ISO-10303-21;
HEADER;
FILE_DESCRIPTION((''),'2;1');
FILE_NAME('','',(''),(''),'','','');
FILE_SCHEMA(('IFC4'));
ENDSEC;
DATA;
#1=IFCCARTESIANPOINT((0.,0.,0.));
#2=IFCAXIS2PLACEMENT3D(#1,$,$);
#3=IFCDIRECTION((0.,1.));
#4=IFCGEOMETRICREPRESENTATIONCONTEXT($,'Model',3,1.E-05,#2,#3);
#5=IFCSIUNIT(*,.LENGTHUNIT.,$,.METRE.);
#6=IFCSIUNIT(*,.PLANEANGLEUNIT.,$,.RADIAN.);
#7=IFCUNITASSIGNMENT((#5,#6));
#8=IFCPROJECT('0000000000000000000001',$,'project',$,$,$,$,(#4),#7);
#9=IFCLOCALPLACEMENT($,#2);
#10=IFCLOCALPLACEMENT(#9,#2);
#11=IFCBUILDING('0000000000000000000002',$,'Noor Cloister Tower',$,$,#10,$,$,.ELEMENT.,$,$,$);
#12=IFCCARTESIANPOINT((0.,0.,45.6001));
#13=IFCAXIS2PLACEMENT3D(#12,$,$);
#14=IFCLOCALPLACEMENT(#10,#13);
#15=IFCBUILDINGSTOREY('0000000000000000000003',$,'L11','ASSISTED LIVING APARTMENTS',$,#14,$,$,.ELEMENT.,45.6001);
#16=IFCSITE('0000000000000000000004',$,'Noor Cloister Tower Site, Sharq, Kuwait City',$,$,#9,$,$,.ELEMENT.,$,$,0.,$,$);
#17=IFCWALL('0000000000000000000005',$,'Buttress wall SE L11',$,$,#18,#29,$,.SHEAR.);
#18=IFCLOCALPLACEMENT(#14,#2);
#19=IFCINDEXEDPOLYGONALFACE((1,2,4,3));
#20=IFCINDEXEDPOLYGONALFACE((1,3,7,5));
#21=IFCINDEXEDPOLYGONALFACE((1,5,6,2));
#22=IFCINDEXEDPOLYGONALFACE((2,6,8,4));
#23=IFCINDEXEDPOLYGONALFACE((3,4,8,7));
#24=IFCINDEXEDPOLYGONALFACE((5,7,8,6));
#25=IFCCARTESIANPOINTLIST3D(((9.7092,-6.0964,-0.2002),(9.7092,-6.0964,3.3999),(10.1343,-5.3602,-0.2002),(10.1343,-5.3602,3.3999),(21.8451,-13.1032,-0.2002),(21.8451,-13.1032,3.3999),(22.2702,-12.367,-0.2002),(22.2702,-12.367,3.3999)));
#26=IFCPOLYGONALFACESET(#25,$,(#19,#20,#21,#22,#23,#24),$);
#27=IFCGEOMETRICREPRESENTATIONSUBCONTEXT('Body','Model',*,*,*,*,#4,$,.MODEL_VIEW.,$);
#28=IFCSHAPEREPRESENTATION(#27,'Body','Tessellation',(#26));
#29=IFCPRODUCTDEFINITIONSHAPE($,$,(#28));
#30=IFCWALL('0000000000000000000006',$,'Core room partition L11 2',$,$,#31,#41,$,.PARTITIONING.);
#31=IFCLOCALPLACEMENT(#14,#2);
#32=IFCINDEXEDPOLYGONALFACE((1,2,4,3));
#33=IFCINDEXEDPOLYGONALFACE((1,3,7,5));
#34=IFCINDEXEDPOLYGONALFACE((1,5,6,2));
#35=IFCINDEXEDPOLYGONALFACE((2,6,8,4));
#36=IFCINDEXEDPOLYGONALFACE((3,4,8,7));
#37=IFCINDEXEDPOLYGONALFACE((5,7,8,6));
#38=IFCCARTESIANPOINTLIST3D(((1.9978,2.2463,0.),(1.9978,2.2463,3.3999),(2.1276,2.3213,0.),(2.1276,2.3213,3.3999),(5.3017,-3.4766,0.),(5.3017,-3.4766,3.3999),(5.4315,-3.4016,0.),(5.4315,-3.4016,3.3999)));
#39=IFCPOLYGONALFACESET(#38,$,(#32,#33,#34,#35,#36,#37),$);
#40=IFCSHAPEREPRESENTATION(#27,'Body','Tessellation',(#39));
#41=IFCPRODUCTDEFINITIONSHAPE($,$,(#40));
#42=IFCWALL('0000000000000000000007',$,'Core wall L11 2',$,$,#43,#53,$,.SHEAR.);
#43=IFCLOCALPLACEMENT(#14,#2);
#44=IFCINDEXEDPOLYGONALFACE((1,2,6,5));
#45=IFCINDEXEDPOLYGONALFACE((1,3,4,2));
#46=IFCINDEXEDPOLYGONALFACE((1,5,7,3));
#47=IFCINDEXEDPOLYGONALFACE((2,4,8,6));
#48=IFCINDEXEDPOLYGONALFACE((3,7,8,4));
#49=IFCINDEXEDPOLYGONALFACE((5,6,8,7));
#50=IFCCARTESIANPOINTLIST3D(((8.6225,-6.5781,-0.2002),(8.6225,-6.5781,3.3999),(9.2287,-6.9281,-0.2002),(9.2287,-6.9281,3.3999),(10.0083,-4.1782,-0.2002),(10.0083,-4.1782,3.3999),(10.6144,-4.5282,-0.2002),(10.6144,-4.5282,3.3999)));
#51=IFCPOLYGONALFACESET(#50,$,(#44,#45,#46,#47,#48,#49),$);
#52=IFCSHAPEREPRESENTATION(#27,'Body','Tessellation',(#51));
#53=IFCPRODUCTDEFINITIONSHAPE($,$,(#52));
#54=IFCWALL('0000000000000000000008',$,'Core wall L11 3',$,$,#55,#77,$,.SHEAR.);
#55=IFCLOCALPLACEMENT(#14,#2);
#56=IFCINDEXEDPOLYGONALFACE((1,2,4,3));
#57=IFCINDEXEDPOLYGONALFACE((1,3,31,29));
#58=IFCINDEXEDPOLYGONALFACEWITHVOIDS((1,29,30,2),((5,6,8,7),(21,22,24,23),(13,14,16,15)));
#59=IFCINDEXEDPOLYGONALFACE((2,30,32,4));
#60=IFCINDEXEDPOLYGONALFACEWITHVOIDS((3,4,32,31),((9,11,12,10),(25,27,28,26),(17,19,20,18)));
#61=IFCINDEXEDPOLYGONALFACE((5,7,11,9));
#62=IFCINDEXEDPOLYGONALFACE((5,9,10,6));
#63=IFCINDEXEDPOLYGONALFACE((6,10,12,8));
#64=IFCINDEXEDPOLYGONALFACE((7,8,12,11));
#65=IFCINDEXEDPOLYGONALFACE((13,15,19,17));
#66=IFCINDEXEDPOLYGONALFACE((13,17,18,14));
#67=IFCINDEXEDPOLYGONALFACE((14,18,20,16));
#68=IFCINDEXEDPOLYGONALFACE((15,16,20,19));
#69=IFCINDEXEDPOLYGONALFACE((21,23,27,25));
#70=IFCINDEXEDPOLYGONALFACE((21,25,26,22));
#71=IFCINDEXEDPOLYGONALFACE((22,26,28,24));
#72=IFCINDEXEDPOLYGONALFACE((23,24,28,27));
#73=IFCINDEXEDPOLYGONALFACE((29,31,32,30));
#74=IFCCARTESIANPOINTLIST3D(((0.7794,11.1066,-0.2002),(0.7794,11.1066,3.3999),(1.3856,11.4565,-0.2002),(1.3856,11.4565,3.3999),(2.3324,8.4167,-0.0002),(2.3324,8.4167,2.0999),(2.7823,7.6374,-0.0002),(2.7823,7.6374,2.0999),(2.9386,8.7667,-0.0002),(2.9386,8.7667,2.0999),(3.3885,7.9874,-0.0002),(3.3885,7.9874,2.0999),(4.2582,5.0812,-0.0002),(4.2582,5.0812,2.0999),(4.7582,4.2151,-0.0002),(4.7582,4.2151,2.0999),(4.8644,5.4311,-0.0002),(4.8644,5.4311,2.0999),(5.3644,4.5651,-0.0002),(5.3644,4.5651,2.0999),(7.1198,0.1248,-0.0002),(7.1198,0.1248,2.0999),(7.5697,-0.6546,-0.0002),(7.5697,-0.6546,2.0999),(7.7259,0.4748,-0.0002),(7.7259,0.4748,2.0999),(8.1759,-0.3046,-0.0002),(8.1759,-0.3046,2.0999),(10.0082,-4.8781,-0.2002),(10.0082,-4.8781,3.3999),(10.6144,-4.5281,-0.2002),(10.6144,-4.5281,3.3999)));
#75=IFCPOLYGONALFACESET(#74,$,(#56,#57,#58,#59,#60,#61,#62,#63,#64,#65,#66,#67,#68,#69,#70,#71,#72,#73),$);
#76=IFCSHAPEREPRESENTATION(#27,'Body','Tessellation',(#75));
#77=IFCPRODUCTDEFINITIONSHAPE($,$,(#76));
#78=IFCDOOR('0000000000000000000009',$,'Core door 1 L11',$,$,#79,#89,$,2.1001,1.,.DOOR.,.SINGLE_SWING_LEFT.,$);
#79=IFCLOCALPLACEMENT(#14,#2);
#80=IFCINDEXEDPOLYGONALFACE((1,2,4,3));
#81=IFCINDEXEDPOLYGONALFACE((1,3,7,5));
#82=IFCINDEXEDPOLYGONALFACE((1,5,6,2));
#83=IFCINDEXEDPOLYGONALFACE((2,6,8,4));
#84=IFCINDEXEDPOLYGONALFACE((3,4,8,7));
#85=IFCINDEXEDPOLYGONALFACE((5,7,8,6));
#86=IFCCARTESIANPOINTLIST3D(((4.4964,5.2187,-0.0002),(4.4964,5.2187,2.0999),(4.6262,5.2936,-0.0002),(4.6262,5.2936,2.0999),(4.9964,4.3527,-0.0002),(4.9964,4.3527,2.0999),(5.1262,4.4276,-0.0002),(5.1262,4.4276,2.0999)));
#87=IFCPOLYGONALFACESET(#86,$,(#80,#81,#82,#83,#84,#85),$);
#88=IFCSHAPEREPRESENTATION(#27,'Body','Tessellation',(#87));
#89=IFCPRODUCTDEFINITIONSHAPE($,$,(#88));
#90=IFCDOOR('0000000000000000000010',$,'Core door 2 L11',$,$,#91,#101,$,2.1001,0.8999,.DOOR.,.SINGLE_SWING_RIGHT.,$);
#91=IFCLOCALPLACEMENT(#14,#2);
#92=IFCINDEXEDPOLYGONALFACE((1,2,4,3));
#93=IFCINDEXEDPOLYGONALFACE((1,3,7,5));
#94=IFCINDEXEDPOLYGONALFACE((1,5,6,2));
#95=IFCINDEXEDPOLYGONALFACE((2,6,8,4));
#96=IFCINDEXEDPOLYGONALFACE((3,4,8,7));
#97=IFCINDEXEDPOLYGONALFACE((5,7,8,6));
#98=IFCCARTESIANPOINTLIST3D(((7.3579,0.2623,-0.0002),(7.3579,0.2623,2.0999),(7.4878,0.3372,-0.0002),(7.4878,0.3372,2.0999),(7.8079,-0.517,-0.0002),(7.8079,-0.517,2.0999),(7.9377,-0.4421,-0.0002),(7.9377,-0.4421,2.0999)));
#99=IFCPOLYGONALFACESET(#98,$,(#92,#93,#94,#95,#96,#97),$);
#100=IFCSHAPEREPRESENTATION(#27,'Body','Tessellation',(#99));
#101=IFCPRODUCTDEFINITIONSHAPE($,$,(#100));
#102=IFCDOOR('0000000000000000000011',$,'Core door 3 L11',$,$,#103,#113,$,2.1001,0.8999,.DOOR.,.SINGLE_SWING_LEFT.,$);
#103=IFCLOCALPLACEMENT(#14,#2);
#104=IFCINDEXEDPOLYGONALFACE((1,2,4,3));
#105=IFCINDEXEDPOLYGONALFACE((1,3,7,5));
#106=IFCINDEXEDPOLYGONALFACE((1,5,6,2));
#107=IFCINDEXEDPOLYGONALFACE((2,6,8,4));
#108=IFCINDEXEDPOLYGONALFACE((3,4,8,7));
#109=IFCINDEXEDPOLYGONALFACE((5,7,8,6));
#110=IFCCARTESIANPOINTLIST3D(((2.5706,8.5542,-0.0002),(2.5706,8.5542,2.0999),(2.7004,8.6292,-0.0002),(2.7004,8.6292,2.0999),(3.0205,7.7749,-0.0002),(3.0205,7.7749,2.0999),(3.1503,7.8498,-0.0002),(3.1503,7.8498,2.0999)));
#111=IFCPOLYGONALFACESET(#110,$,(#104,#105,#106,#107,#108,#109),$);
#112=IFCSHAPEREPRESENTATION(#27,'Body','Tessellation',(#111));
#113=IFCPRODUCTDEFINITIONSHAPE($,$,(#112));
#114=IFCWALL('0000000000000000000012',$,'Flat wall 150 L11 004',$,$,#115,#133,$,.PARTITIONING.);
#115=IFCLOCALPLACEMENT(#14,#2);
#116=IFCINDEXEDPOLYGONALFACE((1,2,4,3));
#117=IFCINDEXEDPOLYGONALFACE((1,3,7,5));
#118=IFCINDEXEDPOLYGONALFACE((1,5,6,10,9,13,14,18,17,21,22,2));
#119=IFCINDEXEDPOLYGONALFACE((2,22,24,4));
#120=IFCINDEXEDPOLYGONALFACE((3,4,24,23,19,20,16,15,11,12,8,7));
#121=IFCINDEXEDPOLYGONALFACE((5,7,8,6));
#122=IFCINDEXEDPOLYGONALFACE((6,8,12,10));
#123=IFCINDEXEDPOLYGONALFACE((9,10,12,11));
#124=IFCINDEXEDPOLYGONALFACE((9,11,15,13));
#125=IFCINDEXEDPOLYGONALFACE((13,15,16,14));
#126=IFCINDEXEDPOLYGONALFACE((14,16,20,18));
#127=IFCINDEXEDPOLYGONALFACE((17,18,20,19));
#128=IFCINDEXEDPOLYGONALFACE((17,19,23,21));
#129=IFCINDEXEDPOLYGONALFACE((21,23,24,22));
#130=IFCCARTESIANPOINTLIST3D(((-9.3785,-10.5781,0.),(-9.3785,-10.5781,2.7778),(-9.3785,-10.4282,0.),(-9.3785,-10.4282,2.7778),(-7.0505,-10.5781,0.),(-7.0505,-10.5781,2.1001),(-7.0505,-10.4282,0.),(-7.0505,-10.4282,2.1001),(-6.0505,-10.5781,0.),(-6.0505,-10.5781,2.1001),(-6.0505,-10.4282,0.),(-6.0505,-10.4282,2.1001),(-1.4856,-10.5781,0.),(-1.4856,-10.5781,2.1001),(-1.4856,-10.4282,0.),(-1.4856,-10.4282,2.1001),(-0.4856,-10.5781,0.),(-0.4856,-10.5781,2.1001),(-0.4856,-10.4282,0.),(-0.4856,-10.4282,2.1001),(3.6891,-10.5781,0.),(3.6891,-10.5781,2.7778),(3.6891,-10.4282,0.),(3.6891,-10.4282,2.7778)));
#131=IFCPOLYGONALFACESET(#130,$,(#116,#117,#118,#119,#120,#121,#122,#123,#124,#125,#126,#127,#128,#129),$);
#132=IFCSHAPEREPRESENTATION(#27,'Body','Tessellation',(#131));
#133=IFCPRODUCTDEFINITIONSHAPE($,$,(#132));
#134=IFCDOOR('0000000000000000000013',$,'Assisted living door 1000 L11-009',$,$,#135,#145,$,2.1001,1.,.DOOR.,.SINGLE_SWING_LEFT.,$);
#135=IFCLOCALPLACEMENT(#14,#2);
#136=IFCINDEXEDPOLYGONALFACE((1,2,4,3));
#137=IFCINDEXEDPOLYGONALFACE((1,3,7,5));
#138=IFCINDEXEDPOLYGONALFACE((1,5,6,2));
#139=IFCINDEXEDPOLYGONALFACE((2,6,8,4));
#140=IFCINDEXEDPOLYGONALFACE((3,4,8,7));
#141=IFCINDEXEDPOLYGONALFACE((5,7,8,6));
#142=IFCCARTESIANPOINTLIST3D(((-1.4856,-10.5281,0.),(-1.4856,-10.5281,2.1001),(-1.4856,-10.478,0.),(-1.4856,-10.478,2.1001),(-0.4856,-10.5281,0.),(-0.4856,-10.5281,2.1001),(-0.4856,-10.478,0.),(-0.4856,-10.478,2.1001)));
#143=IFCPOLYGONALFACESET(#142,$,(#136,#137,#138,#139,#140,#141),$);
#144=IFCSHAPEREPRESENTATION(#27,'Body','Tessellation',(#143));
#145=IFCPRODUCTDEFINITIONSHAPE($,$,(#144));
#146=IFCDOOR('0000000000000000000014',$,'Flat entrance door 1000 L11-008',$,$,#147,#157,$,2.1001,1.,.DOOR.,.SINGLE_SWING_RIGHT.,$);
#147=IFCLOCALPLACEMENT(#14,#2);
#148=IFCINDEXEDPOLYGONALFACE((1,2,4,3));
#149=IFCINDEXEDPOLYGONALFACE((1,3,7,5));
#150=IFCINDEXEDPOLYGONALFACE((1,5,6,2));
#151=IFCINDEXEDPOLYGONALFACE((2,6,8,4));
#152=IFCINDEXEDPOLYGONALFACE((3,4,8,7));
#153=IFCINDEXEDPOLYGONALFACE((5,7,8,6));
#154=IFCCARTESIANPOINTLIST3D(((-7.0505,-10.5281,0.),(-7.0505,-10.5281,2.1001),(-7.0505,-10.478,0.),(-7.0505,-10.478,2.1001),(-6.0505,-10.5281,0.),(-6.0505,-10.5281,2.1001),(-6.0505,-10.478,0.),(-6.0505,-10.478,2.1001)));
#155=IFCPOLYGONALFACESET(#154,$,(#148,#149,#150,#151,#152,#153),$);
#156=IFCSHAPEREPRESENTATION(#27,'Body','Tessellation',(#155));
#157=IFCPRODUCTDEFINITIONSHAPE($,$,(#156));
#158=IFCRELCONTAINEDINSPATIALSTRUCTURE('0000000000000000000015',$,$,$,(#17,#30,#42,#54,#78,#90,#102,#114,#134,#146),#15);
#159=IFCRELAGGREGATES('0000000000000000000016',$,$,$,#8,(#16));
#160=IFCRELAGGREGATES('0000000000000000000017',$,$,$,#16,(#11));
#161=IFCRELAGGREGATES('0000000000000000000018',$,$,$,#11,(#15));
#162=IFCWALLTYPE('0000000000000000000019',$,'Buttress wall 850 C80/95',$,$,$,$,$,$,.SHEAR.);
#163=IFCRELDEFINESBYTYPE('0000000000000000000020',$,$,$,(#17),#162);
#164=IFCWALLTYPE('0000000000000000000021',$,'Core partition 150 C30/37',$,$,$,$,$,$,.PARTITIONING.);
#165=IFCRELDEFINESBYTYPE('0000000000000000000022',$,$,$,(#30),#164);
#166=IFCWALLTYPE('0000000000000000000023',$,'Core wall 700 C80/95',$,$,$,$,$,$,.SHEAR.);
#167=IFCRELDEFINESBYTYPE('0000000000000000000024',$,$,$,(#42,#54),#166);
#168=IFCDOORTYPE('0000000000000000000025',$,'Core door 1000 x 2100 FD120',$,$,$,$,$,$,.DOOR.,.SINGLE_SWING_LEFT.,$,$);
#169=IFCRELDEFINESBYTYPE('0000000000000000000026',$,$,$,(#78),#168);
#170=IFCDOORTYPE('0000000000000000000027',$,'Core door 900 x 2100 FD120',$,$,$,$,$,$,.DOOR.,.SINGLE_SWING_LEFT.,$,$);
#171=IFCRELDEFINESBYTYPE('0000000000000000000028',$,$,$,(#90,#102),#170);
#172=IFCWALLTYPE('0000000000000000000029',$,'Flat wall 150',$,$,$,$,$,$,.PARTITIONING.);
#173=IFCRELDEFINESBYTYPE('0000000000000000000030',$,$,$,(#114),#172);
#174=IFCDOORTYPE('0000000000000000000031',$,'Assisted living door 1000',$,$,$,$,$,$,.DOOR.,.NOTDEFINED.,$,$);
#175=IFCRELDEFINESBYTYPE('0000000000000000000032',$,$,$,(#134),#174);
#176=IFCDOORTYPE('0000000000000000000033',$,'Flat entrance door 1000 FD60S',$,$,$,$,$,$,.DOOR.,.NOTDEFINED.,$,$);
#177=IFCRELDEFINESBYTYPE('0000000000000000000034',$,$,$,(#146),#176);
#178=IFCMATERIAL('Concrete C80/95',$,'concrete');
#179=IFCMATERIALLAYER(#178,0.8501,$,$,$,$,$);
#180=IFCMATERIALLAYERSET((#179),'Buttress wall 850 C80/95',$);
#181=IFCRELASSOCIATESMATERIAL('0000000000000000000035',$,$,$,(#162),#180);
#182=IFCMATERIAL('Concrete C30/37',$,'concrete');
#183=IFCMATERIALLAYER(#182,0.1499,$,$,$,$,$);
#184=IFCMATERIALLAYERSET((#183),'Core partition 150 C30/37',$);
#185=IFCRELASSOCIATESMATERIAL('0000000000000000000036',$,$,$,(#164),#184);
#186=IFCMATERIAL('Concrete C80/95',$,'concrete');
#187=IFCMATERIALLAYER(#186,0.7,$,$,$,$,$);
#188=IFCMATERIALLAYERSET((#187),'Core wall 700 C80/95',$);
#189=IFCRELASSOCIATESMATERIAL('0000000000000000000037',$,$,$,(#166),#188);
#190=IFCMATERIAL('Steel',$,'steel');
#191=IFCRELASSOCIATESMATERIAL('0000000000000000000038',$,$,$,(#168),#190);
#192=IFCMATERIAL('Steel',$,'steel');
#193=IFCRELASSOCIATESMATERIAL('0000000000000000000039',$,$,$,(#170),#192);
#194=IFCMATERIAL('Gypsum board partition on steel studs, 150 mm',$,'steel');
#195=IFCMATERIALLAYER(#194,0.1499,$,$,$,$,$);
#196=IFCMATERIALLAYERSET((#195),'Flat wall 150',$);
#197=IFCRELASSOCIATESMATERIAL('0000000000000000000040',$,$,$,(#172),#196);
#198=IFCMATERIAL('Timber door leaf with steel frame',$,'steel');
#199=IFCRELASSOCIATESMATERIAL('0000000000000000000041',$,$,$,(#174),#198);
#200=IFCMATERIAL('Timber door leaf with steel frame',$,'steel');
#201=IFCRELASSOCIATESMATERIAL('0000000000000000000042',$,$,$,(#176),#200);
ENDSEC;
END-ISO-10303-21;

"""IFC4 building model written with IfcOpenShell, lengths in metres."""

from ifc_helpers import new_model, si_unit, direction, frame, frame_2d, origin, place, context, subcontext, project, spatial, rectangle, extrude, material, layer, layer_set, type_object, element, fill, save


model = new_model("IFC4")

# Units and contexts
model_context = context("Model", 3, precision=1e-05, world=origin(), true_north=direction((0.0, 1.0)))
body_context = subcontext(model_context, "Body", "Model", "MODEL_VIEW")
ifc_project = project(units=[si_unit("LENGTHUNIT", "METRE"), si_unit("PLANEANGLEUNIT", "RADIAN")], contexts=[model_context])

# Site, building, storey
site_placement = place(None, origin())
site = spatial("IfcSite", under=ifc_project, at=site_placement, Name="Noor Cloister Tower Site, Sharq, Kuwait City", CompositionType="ELEMENT", RefElevation=0.0)
building_placement = place(site_placement, origin())
building = spatial("IfcBuilding", under=site, at=building_placement, Name="Noor Cloister Tower", CompositionType="ELEMENT")
storey_placement = place(building_placement, frame((0.0, 0.0, 45.6001)))
storey = spatial("IfcBuildingStorey", under=building, at=storey_placement, Name="L11", Description="ASSISTED LIVING APARTMENTS", CompositionType="ELEMENT", Elevation=45.6001)

# Walls
ifc_material_1 = material(Name="Concrete C80/95", Category="concrete")
ifc_layer_1 = layer(ifc_material_1, 0.8501)
ifc_layer_set_1 = layer_set([ifc_layer_1], Name="Buttress wall 850 C80/95")
wall_type_1 = type_object("IfcWallType", Name="Buttress wall 850 C80/95", PredefinedType="SHEAR", material=ifc_layer_set_1)
wall_1_placement = place(storey_placement, frame((9.9216, -5.7283, -0.2002), z_axis=(0.0, 0.0, 1.0), x_axis=(0.866022, -0.500006, 0.0)))
element("IfcWall", 1, at=wall_1_placement, inside=storey, type_object=wall_type_1, Name="Buttress wall SE L11", PredefinedType="SHEAR", context=body_context, shape_type="SweptSolid", body=[
    extrude(rectangle(XDim=14.0134, YDim=0.8501, at=frame_2d((7.0068, 0.0))), origin(), (0.0, 0.0, 1.0), 3.6001),
])
ifc_material_2 = material(Name="Concrete C30/37", Category="concrete")
ifc_layer_2 = layer(ifc_material_2, 0.1499)
ifc_layer_set_2 = layer_set([ifc_layer_2], Name="Core partition 150 C30/37")
wall_type_2 = type_object("IfcWallType", Name="Core partition 150 C30/37", PredefinedType="PARTITIONING", material=ifc_layer_set_2)
wall_2_placement = place(storey_placement, frame((5.3667, -3.4392, 0.0), z_axis=(0.0, 0.0, 1.0), x_axis=(-0.499981, 0.866036, 0.0)))
element("IfcWall", 2, at=wall_2_placement, inside=storey, type_object=wall_type_2, Name="Core room partition L11 2", PredefinedType="PARTITIONING", context=body_context, shape_type="SweptSolid", body=[
    extrude(rectangle(XDim=6.6082, YDim=0.1499, at=frame_2d((3.3042, 0.0))), origin(), (0.0, 0.0, 1.0), 3.3999),
])
ifc_material_3 = material(Name="Concrete C80/95", Category="concrete")
ifc_layer_3 = layer(ifc_material_3, 0.7)
ifc_layer_set_3 = layer_set([ifc_layer_3], Name="Core wall 700 C80/95")
wall_type_3 = type_object("IfcWallType", Name="Core wall 700 C80/95", PredefinedType="SHEAR", material=ifc_layer_set_3)
wall_3_placement = place(storey_placement, frame((8.9255, -6.7532, -0.2002), z_axis=(0.0, 0.0, 1.0), x_axis=(0.500043, 0.866001, 0.0)))
element("IfcWall", 3, at=wall_3_placement, inside=storey, type_object=wall_type_3, Name="Core wall L11 2", PredefinedType="SHEAR", context=body_context, shape_type="SweptSolid", body=[
    extrude(rectangle(XDim=2.7712, YDim=0.7, at=frame_2d((1.3857, 0.0))), origin(), (0.0, 0.0, 1.0), 3.6001),
])

# Walls, openings, doors
wall_4_placement = place(storey_placement, frame((10.3113, -4.7031, -0.2002), z_axis=(0.0, 0.0, 1.0), x_axis=(-0.500001, 0.866025, 0.0)))
wall_4 = element("IfcWall", 4, at=wall_4_placement, inside=storey, type_object=wall_type_3, Name="Core wall L11 3", PredefinedType="SHEAR", context=body_context, shape_type="SweptSolid", body=[
    extrude(rectangle(XDim=18.4575, YDim=0.7, at=frame_2d((9.2288, 0.0))), origin(), (0.0, 0.0, 1.0), 3.6001),
])
opening_1_placement = place(wall_4_placement, frame((10.5, 0.0, 0.2)))
opening_1 = element("IfcOpeningElement", 5, at=opening_1_placement, cuts=wall_4, PredefinedType="OPENING", context=body_context, shape_type="SweptSolid", body=[
    extrude(rectangle(XDim=1.0, YDim=2.1001, at=frame_2d((0.5, 1.05))), frame((0.0, 0.3599, 0.0), z_axis=(0.0, -1.0, 0.0), x_axis=(1.0, 0.0, 0.0)), (0.0, 0.0, 1.0), 0.72),
])
opening_2_placement = place(wall_4_placement, frame((4.877, 0.0, 0.2)))
opening_2 = element("IfcOpeningElement", 6, at=opening_2_placement, cuts=wall_4, PredefinedType="OPENING", context=body_context, shape_type="SweptSolid", body=[
    extrude(rectangle(XDim=0.8999, YDim=2.1001, at=frame_2d((0.45, 1.05))), frame((0.0, 0.3599, 0.0), z_axis=(0.0, -1.0, 0.0), x_axis=(1.0, 0.0, 0.0)), (0.0, 0.0, 1.0), 0.72),
])
opening_3_placement = place(wall_4_placement, frame((14.4517, 0.0, 0.2)))
opening_3 = element("IfcOpeningElement", 7, at=opening_3_placement, cuts=wall_4, PredefinedType="OPENING", context=body_context, shape_type="SweptSolid", body=[
    extrude(rectangle(XDim=0.8999, YDim=2.1001, at=frame_2d((0.45, 1.05))), frame((0.0, 0.3599, 0.0), z_axis=(0.0, -1.0, 0.0), x_axis=(1.0, 0.0, 0.0)), (0.0, 0.0, 1.0), 0.72),
])
ifc_material_4 = material(Name="Steel", Category="steel")
door_type_1 = type_object("IfcDoorType", Name="Core door 1000 x 2100 FD120", OperationType="SINGLE_SWING_LEFT", PredefinedType="DOOR", material=ifc_material_4)
door_1_placement = place(opening_1_placement, origin())
door_1 = element("IfcDoor", 8, at=door_1_placement, inside=storey, type_object=door_type_1, Name="Core door 1 L11", OperationType="SINGLE_SWING_LEFT", OverallHeight=2.1001, OverallWidth=1.0, PredefinedType="DOOR", context=body_context, shape_type="SweptSolid", body=[
    extrude(rectangle(XDim=1.0, YDim=2.1001, at=frame_2d((0.5, 1.05))), frame((0.0, 0.075, 0.0), z_axis=(0.0, -1.0, 0.0), x_axis=(1.0, 0.0, 0.0)), (0.0, 0.0, 1.0), 0.1499),
])
fill(opening_1, door_1)
ifc_material_5 = material(Name="Steel", Category="steel")
door_type_2 = type_object("IfcDoorType", Name="Core door 900 x 2100 FD120", OperationType="SINGLE_SWING_LEFT", PredefinedType="DOOR", material=ifc_material_5)
door_2_placement = place(opening_2_placement, origin())
door_2 = element("IfcDoor", 9, at=door_2_placement, inside=storey, type_object=door_type_2, Name="Core door 2 L11", OperationType="SINGLE_SWING_RIGHT", OverallHeight=2.1001, OverallWidth=0.8999, PredefinedType="DOOR", context=body_context, shape_type="SweptSolid", body=[
    extrude(rectangle(XDim=0.8999, YDim=2.1001, at=frame_2d((0.45, 1.05))), frame((0.0, 0.075, 0.0), z_axis=(0.0, -1.0, 0.0), x_axis=(1.0, 0.0, 0.0)), (0.0, 0.0, 1.0), 0.1499),
])
fill(opening_2, door_2)
door_3_placement = place(opening_3_placement, origin())
door_3 = element("IfcDoor", 10, at=door_3_placement, inside=storey, type_object=door_type_2, Name="Core door 3 L11", OperationType="SINGLE_SWING_LEFT", OverallHeight=2.1001, OverallWidth=0.8999, PredefinedType="DOOR", context=body_context, shape_type="SweptSolid", body=[
    extrude(rectangle(XDim=0.8999, YDim=2.1001, at=frame_2d((0.45, 1.05))), frame((0.0, 0.075, 0.0), z_axis=(0.0, -1.0, 0.0), x_axis=(1.0, 0.0, 0.0)), (0.0, 0.0, 1.0), 0.1499),
])
fill(opening_3, door_3)
ifc_material_6 = material(Name="Gypsum board partition on steel studs, 150 mm", Category="steel")
ifc_layer_4 = layer(ifc_material_6, 0.1499)
ifc_layer_set_4 = layer_set([ifc_layer_4], Name="Flat wall 150")
wall_type_4 = type_object("IfcWallType", Name="Flat wall 150", PredefinedType="PARTITIONING", material=ifc_layer_set_4)
wall_5_placement = place(storey_placement, frame((3.689, -10.5032, 0.0), z_axis=(0.0, 0.0, 1.0), x_axis=(-1.0, 0.0, 0.0)))
wall_5 = element("IfcWall", 11, at=wall_5_placement, inside=storey, type_object=wall_type_4, Name="Flat wall 150 L11 004", PredefinedType="PARTITIONING", context=body_context, shape_type="SweptSolid", body=[
    extrude(rectangle(XDim=13.0676, YDim=0.1499, at=frame_2d((6.5337, 0.0))), origin(), (0.0, 0.0, 1.0), 2.7778),
])
opening_4_placement = place(wall_5_placement, frame((9.7395, 0.0, 0.0)))
opening_4 = element("IfcOpeningElement", 12, at=opening_4_placement, cuts=wall_5, PredefinedType="OPENING", context=body_context, shape_type="SweptSolid", body=[
    extrude(rectangle(XDim=1.0, YDim=2.1001, at=frame_2d((0.5, 1.05))), frame((0.0, 0.085, 0.0), z_axis=(0.0, -1.0, 0.0), x_axis=(1.0, 0.0, 0.0)), (0.0, 0.0, 1.0), 0.1699),
])
opening_5_placement = place(wall_5_placement, frame((4.1746, 0.0, 0.0)))
opening_5 = element("IfcOpeningElement", 13, at=opening_5_placement, cuts=wall_5, PredefinedType="OPENING", context=body_context, shape_type="SweptSolid", body=[
    extrude(rectangle(XDim=1.0, YDim=2.1001, at=frame_2d((0.5, 1.05))), frame((0.0, 0.085, 0.0), z_axis=(0.0, -1.0, 0.0), x_axis=(1.0, 0.0, 0.0)), (0.0, 0.0, 1.0), 0.1699),
])
ifc_material_7 = material(Name="Timber door leaf with steel frame", Category="steel")
door_type_3 = type_object("IfcDoorType", Name="Assisted living door 1000", OperationType="NOTDEFINED", PredefinedType="DOOR", material=ifc_material_7)
door_4_placement = place(opening_5_placement, origin())
door_4 = element("IfcDoor", 14, at=door_4_placement, inside=storey, type_object=door_type_3, Name="Assisted living door 1000 L11-009", OperationType="SINGLE_SWING_LEFT", OverallHeight=2.1001, OverallWidth=1.0, PredefinedType="DOOR", context=body_context, shape_type="SweptSolid", body=[
    extrude(rectangle(XDim=1.0, YDim=2.1001, at=frame_2d((0.5, 1.05))), frame((0.0, 0.0249, 0.0), z_axis=(0.0, -1.0, 0.0), x_axis=(1.0, 0.0, 0.0)), (0.0, 0.0, 1.0), 0.05),
])
fill(opening_5, door_4)
ifc_material_8 = material(Name="Timber door leaf with steel frame", Category="steel")
door_type_4 = type_object("IfcDoorType", Name="Flat entrance door 1000 FD60S", OperationType="NOTDEFINED", PredefinedType="DOOR", material=ifc_material_8)
door_5_placement = place(opening_4_placement, origin())
door_5 = element("IfcDoor", 15, at=door_5_placement, inside=storey, type_object=door_type_4, Name="Flat entrance door 1000 L11-008", OperationType="SINGLE_SWING_RIGHT", OverallHeight=2.1001, OverallWidth=1.0, PredefinedType="DOOR", context=body_context, shape_type="SweptSolid", body=[
    extrude(rectangle(XDim=1.0, YDim=2.1001, at=frame_2d((0.5, 1.05))), frame((0.0, 0.0249, 0.0), z_axis=(0.0, -1.0, 0.0), x_axis=(1.0, 0.0, 0.0)), (0.0, 0.0, 1.0), 0.05),
])
fill(opening_4, door_5)

save(model, "model.ifc")
